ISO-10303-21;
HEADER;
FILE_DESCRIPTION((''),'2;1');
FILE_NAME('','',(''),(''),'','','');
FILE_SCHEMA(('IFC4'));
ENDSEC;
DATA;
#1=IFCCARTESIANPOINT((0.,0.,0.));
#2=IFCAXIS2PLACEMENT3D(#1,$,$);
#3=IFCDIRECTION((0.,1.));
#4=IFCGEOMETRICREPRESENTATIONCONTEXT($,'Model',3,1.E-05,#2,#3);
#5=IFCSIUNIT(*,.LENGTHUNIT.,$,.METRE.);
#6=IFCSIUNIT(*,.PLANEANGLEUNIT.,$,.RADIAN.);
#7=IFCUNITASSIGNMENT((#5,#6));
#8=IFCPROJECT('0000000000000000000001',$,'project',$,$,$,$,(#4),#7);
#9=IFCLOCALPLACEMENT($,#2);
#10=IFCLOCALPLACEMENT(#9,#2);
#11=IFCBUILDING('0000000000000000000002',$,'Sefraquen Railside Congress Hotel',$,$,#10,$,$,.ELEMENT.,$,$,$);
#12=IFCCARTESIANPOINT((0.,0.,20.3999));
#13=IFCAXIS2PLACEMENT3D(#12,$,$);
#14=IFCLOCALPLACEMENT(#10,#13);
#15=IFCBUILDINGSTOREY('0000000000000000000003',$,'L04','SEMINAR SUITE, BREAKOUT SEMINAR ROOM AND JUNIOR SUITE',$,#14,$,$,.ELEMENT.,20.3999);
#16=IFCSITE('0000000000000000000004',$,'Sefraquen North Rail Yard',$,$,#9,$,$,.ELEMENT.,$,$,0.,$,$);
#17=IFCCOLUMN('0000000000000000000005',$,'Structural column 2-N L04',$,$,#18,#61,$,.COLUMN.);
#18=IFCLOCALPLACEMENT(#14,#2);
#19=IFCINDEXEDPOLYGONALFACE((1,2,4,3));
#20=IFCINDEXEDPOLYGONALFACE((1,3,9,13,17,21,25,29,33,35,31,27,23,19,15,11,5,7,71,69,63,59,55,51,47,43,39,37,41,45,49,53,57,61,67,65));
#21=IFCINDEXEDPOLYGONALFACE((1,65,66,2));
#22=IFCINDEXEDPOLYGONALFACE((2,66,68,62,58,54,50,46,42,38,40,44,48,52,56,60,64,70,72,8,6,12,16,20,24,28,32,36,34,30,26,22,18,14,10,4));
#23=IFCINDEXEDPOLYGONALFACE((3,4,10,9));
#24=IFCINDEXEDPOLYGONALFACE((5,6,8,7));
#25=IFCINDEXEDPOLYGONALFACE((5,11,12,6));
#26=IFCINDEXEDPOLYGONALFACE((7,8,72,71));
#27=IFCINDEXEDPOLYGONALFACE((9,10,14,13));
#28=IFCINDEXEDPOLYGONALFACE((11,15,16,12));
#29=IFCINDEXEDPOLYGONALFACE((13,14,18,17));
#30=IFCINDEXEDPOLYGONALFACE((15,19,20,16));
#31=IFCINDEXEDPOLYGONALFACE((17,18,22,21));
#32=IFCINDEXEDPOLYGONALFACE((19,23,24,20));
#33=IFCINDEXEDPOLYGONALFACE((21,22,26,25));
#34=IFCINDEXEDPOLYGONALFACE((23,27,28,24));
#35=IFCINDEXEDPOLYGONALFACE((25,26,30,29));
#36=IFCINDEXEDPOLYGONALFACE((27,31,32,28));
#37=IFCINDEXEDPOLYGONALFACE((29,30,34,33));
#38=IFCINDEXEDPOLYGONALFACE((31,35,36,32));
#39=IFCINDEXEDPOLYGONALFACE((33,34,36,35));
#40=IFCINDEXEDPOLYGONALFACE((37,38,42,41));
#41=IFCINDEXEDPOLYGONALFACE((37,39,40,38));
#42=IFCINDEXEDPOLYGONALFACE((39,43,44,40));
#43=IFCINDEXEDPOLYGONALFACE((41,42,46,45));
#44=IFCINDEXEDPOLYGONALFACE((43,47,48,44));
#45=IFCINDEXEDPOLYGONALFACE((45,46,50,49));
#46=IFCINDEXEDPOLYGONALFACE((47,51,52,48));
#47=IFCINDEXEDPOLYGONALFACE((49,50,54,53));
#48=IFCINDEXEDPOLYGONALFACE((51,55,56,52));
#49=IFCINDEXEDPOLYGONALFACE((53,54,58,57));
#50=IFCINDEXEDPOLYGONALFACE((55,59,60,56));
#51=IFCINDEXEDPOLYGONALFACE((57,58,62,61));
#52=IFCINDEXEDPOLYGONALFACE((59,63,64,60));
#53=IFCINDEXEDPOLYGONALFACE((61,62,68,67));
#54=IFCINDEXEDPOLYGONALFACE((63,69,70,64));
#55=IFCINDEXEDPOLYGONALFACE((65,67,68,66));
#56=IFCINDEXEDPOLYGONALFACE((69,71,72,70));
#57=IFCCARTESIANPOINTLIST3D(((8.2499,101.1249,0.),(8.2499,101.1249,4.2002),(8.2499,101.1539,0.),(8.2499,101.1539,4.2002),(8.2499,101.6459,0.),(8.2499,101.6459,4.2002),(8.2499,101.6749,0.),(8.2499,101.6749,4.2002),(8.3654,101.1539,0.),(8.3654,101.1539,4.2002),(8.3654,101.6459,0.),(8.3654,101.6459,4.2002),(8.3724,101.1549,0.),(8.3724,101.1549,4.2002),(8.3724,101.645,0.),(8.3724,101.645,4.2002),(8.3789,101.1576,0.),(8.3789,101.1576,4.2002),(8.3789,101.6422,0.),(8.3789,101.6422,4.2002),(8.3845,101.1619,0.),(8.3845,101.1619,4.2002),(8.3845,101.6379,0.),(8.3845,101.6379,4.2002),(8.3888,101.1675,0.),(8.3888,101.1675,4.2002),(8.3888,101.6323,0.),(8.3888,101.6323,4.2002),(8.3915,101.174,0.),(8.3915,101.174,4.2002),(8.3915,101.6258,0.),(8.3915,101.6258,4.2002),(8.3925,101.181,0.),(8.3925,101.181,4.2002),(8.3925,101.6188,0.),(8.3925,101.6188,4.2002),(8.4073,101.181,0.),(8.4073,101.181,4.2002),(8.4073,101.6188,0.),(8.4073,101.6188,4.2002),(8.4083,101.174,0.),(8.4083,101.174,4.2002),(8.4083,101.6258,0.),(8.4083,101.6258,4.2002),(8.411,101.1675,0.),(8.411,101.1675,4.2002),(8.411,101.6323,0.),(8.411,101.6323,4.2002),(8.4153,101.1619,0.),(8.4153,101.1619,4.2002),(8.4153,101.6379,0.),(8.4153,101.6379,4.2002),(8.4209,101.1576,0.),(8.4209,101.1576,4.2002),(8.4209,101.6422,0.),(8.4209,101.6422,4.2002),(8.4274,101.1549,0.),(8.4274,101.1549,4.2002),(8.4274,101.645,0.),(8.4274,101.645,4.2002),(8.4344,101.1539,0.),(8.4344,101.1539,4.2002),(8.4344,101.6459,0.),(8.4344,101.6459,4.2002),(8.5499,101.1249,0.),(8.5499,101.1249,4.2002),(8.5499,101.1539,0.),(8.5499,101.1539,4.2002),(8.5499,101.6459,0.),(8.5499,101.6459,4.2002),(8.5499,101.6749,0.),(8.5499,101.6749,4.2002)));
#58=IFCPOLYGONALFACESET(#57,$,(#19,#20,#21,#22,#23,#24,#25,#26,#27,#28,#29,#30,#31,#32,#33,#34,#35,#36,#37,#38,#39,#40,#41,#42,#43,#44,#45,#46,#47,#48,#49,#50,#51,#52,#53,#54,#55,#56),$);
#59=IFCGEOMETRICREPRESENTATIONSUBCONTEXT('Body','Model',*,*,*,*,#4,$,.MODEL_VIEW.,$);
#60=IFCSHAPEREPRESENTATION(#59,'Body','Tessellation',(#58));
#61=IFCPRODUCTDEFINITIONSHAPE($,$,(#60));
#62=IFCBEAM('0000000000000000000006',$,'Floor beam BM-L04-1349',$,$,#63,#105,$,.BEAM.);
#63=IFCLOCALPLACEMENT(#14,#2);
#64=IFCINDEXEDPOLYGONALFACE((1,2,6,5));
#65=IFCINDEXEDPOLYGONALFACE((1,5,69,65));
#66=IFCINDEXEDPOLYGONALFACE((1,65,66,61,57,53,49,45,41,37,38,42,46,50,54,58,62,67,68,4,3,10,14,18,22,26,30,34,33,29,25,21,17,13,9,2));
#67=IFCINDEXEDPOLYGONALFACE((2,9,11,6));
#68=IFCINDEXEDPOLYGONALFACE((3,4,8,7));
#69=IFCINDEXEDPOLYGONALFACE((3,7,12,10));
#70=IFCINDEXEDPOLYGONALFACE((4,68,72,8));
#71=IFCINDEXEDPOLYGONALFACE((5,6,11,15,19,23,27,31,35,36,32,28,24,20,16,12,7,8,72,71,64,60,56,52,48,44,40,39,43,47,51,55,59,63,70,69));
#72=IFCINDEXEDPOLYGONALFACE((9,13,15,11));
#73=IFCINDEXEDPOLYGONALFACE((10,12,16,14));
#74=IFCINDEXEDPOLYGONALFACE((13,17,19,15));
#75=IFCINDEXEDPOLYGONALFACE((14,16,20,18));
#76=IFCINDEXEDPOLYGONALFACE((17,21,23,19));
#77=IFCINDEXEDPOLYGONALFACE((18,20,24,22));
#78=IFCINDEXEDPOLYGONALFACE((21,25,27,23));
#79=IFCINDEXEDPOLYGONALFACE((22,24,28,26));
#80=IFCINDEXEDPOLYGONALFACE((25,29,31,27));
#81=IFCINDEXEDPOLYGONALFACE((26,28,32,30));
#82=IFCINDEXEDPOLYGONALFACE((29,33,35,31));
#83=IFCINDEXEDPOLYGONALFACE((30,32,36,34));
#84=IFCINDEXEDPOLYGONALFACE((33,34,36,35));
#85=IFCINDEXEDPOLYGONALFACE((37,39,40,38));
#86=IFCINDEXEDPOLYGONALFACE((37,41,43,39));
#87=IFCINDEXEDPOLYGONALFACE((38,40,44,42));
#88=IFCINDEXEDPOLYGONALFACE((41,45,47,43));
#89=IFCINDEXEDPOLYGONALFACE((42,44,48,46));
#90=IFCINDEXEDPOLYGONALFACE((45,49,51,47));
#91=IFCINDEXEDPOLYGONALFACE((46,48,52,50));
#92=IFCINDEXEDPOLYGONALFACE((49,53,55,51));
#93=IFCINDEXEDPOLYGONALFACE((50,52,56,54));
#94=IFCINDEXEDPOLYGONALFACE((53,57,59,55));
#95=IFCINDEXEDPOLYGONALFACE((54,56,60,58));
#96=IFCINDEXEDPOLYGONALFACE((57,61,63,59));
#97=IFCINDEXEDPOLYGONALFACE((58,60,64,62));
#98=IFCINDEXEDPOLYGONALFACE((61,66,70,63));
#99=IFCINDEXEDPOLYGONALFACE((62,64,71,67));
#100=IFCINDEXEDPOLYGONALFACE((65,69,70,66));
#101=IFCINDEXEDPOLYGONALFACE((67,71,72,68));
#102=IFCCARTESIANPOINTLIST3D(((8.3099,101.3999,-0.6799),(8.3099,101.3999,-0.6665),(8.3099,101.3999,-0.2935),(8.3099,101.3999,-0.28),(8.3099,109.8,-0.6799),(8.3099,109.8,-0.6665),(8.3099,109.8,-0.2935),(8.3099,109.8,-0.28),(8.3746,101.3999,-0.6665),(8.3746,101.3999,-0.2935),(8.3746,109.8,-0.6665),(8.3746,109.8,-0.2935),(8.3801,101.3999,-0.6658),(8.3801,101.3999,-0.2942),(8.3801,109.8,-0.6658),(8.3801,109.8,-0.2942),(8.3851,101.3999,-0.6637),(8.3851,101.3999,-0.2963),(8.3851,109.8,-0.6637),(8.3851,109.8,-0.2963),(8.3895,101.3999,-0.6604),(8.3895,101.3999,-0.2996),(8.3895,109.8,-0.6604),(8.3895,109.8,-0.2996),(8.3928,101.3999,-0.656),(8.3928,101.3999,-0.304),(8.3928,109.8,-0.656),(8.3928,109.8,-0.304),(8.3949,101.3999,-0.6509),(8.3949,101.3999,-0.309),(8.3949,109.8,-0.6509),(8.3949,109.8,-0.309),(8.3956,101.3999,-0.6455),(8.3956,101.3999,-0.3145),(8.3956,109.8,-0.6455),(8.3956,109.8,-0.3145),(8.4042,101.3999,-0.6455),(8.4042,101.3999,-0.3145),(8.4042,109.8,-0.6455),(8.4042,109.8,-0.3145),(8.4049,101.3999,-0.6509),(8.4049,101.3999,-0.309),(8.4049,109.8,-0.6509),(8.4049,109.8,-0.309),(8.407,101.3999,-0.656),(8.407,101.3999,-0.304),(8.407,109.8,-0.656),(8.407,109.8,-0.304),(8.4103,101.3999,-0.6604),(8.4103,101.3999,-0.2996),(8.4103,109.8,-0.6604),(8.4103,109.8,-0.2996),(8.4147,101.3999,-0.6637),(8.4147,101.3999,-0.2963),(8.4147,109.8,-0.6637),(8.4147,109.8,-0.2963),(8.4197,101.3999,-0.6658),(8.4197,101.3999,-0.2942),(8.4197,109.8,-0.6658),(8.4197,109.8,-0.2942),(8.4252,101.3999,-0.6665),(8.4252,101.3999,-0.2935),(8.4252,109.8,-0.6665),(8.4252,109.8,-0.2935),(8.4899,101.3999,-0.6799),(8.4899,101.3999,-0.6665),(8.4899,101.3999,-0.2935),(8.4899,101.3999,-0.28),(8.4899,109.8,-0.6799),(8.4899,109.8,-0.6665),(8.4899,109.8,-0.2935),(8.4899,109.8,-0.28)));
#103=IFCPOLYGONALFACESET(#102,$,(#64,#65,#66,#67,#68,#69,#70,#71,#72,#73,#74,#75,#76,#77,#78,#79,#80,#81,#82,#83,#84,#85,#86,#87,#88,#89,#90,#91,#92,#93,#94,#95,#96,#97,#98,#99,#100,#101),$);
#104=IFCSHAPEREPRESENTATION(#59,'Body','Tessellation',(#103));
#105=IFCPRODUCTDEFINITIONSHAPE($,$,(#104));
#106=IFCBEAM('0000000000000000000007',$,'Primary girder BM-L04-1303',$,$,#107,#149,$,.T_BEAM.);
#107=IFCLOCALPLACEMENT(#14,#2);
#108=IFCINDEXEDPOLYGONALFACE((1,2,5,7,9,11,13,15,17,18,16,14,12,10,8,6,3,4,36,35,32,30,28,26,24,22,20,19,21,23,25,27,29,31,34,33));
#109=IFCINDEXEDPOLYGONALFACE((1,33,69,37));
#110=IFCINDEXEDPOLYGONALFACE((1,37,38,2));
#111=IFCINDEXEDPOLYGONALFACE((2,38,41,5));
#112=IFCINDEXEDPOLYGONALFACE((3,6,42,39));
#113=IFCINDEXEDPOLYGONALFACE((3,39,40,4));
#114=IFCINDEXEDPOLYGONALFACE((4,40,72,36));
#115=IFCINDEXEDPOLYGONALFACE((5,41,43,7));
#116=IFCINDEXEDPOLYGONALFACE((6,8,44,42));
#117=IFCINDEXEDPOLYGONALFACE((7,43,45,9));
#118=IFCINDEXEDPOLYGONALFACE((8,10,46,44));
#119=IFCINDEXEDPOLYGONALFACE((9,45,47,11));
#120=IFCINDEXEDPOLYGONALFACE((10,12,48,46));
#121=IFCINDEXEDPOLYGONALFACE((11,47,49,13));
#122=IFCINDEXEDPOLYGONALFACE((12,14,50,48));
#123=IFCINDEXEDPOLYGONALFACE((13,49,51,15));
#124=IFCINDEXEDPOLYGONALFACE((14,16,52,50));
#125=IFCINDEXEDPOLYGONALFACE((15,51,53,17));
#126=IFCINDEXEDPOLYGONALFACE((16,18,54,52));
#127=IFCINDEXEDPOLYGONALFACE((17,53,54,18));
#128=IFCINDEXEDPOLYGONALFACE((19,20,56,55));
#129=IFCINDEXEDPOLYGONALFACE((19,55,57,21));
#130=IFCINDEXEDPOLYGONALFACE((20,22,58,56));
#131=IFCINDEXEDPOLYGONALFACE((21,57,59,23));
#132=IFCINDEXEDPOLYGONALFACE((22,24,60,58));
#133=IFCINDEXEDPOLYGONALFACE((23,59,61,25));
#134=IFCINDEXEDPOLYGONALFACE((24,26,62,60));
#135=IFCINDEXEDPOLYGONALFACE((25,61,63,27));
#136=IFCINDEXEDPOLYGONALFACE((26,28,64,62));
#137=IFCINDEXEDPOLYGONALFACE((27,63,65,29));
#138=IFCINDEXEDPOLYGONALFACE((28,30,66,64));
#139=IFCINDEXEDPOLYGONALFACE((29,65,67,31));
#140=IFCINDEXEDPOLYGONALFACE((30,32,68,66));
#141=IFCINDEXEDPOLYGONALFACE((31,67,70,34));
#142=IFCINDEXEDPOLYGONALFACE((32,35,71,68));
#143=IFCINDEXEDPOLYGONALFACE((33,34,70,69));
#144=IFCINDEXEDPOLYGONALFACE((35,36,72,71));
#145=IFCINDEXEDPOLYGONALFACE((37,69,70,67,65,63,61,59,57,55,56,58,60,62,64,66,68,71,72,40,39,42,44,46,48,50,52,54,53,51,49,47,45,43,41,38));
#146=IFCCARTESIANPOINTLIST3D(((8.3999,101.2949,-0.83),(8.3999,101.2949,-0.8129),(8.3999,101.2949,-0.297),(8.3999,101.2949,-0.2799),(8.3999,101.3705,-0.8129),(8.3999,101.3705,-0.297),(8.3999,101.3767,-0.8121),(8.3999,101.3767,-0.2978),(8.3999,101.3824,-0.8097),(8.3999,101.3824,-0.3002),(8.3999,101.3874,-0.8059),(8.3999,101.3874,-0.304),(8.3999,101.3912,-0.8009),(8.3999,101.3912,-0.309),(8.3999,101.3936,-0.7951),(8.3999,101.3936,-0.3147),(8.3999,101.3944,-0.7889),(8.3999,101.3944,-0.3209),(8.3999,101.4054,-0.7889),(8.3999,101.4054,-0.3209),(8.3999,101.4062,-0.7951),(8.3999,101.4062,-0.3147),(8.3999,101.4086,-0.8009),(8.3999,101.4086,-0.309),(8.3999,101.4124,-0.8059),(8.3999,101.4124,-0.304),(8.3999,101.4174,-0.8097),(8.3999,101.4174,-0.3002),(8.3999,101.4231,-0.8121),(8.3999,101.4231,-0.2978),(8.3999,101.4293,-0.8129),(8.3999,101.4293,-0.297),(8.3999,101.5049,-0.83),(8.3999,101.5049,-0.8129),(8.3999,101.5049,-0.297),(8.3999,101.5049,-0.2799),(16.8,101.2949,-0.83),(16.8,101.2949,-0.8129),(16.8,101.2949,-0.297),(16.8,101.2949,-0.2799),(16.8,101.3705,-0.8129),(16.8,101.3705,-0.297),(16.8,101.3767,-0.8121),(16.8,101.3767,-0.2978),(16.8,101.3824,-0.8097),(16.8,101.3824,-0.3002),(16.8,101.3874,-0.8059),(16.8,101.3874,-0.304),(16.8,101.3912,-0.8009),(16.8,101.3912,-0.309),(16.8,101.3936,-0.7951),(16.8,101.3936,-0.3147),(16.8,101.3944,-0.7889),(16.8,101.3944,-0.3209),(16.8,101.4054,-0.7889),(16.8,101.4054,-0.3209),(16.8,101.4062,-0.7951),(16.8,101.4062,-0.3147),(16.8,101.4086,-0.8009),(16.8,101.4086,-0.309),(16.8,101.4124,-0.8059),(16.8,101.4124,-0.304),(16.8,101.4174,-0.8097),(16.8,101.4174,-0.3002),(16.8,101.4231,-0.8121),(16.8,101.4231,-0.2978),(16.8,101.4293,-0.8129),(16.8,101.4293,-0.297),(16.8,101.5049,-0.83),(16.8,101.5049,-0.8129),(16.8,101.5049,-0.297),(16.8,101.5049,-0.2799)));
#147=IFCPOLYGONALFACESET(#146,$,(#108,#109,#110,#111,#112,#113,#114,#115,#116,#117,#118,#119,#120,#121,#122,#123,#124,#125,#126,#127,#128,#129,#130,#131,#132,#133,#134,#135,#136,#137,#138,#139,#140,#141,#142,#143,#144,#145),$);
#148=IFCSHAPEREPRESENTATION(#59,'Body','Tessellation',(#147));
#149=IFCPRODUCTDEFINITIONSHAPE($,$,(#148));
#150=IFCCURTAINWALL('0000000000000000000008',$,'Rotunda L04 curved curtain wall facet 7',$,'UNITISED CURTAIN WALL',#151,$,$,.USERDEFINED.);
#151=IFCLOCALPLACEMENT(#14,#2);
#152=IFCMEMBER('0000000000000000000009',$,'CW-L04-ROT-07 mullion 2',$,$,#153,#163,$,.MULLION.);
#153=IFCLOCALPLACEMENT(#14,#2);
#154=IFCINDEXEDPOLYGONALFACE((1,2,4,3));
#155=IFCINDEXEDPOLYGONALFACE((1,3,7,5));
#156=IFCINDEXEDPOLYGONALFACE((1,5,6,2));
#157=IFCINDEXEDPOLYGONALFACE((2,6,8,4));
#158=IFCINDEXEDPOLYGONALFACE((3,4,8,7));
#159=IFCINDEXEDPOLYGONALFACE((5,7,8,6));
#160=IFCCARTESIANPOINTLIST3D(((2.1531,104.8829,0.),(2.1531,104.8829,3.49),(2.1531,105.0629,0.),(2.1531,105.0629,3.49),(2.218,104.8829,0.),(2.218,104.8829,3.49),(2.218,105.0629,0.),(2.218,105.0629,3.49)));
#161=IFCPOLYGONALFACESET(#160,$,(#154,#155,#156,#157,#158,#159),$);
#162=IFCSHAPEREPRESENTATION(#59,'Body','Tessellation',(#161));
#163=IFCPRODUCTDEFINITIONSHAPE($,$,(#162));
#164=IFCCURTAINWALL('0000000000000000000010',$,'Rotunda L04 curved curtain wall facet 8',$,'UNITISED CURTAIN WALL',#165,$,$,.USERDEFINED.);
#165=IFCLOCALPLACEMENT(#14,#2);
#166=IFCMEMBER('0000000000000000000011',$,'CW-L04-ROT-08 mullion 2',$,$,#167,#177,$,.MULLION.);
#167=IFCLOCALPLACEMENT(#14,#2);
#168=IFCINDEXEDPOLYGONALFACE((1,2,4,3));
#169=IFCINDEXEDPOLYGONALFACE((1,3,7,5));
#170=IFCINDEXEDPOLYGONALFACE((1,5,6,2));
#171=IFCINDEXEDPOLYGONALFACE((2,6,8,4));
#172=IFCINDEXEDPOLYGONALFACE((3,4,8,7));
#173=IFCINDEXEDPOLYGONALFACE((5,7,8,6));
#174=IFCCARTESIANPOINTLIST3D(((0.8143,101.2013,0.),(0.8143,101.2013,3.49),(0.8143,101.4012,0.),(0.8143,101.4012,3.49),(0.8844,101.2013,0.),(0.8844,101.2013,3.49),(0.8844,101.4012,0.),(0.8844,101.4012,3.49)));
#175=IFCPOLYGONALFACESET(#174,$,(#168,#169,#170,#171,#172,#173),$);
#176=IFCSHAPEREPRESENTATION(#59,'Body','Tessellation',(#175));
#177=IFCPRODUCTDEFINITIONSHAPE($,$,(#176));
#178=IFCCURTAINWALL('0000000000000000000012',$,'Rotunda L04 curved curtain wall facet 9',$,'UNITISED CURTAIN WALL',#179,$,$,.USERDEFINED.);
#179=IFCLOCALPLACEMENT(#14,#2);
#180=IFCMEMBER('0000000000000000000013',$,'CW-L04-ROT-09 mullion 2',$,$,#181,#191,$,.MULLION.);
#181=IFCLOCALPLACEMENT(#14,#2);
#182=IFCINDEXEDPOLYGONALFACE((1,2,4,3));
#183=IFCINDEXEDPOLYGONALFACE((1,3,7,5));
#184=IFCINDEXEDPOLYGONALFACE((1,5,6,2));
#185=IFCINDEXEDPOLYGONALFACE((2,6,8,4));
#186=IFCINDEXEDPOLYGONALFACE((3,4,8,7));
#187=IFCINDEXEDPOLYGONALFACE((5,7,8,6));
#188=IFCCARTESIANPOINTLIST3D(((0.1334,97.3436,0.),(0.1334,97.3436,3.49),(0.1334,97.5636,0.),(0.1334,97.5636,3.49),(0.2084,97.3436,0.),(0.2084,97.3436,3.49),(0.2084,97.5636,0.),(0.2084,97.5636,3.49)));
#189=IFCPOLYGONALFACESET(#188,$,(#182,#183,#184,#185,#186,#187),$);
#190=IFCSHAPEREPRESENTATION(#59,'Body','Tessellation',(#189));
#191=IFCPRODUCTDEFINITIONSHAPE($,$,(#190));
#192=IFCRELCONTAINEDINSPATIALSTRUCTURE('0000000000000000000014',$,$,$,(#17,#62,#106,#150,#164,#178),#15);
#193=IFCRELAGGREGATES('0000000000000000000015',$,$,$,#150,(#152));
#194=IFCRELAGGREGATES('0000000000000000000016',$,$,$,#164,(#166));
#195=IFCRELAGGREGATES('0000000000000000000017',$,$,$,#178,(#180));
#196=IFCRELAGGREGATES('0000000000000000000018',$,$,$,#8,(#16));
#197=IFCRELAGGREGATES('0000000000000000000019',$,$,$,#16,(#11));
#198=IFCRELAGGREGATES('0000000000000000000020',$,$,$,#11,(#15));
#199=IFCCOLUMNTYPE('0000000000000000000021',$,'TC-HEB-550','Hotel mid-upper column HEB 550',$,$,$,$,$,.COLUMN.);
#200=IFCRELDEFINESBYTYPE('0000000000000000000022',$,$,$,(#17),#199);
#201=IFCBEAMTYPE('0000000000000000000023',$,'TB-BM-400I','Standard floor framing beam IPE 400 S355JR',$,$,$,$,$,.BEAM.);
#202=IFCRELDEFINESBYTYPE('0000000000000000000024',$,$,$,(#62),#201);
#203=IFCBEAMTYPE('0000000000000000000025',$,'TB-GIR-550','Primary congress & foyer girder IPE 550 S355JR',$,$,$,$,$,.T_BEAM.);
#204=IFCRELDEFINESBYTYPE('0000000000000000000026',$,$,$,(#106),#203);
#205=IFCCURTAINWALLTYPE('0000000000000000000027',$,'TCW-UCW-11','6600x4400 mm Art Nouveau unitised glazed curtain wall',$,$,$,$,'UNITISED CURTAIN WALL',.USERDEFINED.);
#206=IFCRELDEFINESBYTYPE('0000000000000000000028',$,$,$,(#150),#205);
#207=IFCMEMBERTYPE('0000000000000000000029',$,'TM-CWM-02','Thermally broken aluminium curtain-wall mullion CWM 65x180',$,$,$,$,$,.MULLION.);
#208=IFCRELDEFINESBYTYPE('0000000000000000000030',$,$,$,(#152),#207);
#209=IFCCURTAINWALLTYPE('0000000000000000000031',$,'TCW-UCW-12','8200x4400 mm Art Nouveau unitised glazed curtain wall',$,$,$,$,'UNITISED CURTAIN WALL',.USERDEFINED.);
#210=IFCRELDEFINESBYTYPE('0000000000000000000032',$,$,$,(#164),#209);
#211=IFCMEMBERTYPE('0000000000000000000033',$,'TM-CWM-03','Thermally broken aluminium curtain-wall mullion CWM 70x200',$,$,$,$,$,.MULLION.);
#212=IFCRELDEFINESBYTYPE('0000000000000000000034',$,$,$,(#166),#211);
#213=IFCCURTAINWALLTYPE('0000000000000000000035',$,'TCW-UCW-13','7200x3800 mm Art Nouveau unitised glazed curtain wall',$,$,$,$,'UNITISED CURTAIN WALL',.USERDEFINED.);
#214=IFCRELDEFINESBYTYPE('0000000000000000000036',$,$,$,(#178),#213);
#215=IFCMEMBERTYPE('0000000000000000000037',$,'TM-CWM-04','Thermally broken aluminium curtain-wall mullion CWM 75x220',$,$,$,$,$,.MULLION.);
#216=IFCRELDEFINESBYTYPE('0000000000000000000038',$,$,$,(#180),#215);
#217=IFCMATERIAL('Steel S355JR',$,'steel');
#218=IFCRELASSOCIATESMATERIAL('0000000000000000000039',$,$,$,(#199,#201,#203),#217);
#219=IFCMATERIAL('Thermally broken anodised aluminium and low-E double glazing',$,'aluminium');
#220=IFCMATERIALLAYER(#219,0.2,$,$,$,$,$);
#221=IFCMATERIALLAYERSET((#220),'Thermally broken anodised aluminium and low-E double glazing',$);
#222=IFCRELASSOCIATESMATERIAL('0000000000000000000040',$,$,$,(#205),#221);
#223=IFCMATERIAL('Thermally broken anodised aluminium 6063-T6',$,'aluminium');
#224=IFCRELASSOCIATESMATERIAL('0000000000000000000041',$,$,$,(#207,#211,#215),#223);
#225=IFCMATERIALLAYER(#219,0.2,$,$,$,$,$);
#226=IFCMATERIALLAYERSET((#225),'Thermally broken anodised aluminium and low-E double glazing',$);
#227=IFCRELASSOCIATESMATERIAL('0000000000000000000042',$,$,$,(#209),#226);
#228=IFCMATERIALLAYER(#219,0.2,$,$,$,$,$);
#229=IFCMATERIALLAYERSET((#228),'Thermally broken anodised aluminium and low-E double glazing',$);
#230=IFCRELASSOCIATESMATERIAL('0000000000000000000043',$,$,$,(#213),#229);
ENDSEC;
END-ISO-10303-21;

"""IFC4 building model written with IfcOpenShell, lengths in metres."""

from ifc_helpers import new_model, si_unit, direction, frame, origin, origin_2d, place, context, subcontext, project, spatial, rectangle, i_section, extrude, material, layer, layer_set, material_profile, profile_set, type_object, element, aggregate, save


model = new_model("IFC4")

# Units and contexts
model_context = context("Model", 3, precision=1e-05, world=origin(), true_north=direction((0.0, 1.0)))
body_context = subcontext(model_context, "Body", "Model", "MODEL_VIEW")
ifc_project = project(units=[si_unit("LENGTHUNIT", "METRE"), si_unit("PLANEANGLEUNIT", "RADIAN")], contexts=[model_context])

# Site, building, storey
site_placement = place(None, origin())
site = spatial("IfcSite", under=ifc_project, at=site_placement, Name="Sefraquen North Rail Yard", CompositionType="ELEMENT", RefElevation=0.0)
building_placement = place(site_placement, origin())
building = spatial("IfcBuilding", under=site, at=building_placement, Name="Sefraquen Railside Congress Hotel", CompositionType="ELEMENT")
storey_placement = place(building_placement, frame((0.0, 0.0, 20.3999)))
storey = spatial("IfcBuildingStorey", under=building, at=storey_placement, Name="L04", Description="SEMINAR SUITE, BREAKOUT SEMINAR ROOM AND JUNIOR SUITE", CompositionType="ELEMENT", Elevation=20.3999)

# Column
ifc_material_1 = material(Name="Steel S355JR", Category="steel")
ifc_material_profile_1 = material_profile(ifc_material_1, i_section(OverallWidth=0.3, OverallDepth=0.55, WebThickness=0.0149, FlangeThickness=0.0291, FilletRadius=0.0271, at=origin_2d()), Name="HEB 550")
ifc_profile_set_1 = profile_set([ifc_material_profile_1], Name="Steel S355JR")
column_type = type_object("IfcColumnType", Name="TC-HEB-550", Description="Hotel mid-upper column HEB 550", PredefinedType="COLUMN", material=ifc_profile_set_1)
column_placement = place(storey_placement, frame((8.3999, 101.3999, 0.0), z_axis=(0.0, 0.0, 1.0), x_axis=(1.0, 0.0, 0.0)))
element("IfcColumn", 1, at=column_placement, inside=storey, type_object=column_type, Name="Structural column 2-N L04", PredefinedType="COLUMN", context=body_context, shape_type="SweptSolid", body=[
    extrude(i_section(OverallWidth=0.3, OverallDepth=0.55, WebThickness=0.0149, FlangeThickness=0.0291, FilletRadius=0.0271, at=origin_2d()), origin(), (0.0, 0.0, 1.0), 4.2002),
])

# Beams
ifc_material_profile_2 = material_profile(ifc_material_1, i_section(OverallWidth=0.1799, OverallDepth=0.3999, WebThickness=0.0085, FlangeThickness=0.0134, FilletRadius=0.021, at=origin_2d()), Name="IPE 400")
ifc_profile_set_2 = profile_set([ifc_material_profile_2], Name="Steel S355JR")
beam_type_1 = type_object("IfcBeamType", Name="TB-BM-400I", Description="Standard floor framing beam IPE 400 S355JR", PredefinedType="BEAM", material=ifc_profile_set_2)
beam_1_placement = place(storey_placement, frame((8.3999, 101.3999, -0.48), z_axis=(0.0, 1.0, 0.0), x_axis=(-1.0, 0.0, 0.0)))
element("IfcBeam", 2, at=beam_1_placement, inside=storey, type_object=beam_type_1, Name="Floor beam BM-L04-1349", PredefinedType="BEAM", context=body_context, shape_type="SweptSolid", body=[
    extrude(i_section(OverallWidth=0.1799, OverallDepth=0.3999, WebThickness=0.0085, FlangeThickness=0.0134, FilletRadius=0.021, at=origin_2d()), origin(), (0.0, 0.0, 1.0), 8.4001),
])
ifc_material_profile_3 = material_profile(ifc_material_1, i_section(OverallWidth=0.21, OverallDepth=0.55, WebThickness=0.011, FlangeThickness=0.0171, FilletRadius=0.0239, at=origin_2d()), Name="IPE 550")
ifc_profile_set_3 = profile_set([ifc_material_profile_3], Name="Steel S355JR")
beam_type_2 = type_object("IfcBeamType", Name="TB-GIR-550", Description="Primary congress & foyer girder IPE 550 S355JR", PredefinedType="T_BEAM", material=ifc_profile_set_3)
beam_2_placement = place(storey_placement, frame((8.3999, 101.3999, -0.5549), z_axis=(1.0, 0.0, 0.0), x_axis=(0.0, 1.0, 0.0)))
element("IfcBeam", 3, at=beam_2_placement, inside=storey, type_object=beam_type_2, Name="Primary girder BM-L04-1303", PredefinedType="T_BEAM", context=body_context, shape_type="SweptSolid", body=[
    extrude(i_section(OverallWidth=0.21, OverallDepth=0.55, WebThickness=0.011, FlangeThickness=0.0171, FilletRadius=0.0239, at=origin_2d()), origin(), (0.0, 0.0, 1.0), 8.4001),
])

# Curtain walls, members
ifc_material_2 = material(Name="Thermally broken anodised aluminium and low-E double glazing", Category="aluminium")
ifc_layer_1 = layer(ifc_material_2, 0.2)
ifc_layer_set_1 = layer_set([ifc_layer_1], Name="Thermally broken anodised aluminium and low-E double glazing")
curtain_wall_type_1 = type_object("IfcCurtainWallType", Name="TCW-UCW-11", Description="6600x4400 mm Art Nouveau unitised glazed curtain wall", ElementType="UNITISED CURTAIN WALL", PredefinedType="USERDEFINED", material=ifc_layer_set_1)
curtain_wall_1_placement = place(storey_placement, origin())
curtain_wall_1 = element("IfcCurtainWall", 4, at=curtain_wall_1_placement, inside=storey, type_object=curtain_wall_type_1, Name="Rotunda L04 curved curtain wall facet 7", ObjectType="UNITISED CURTAIN WALL", PredefinedType="USERDEFINED")
ifc_material_3 = material(Name="Thermally broken anodised aluminium 6063-T6", Category="aluminium")
ifc_material_profile_4 = material_profile(ifc_material_3, rectangle(XDim=0.0649, YDim=0.1799, at=origin_2d()), Name="CWM 65x180")
ifc_profile_set_4 = profile_set([ifc_material_profile_4], Name="Thermally broken anodised aluminium 6063-T6")
member_type_1 = type_object("IfcMemberType", Name="TM-CWM-02", Description="Thermally broken aluminium curtain-wall mullion CWM 65x180", PredefinedType="MULLION", material=ifc_profile_set_4)
member_1_placement = place(storey_placement, frame((2.1855, 104.9729, 0.0), z_axis=(0.0, 0.0, 1.0), x_axis=(1.0, 0.0, 0.0)))
member_1 = element("IfcMember", 5, at=member_1_placement, type_object=member_type_1, Name="CW-L04-ROT-07 mullion 2", PredefinedType="MULLION", context=body_context, shape_type="SweptSolid", body=[
    extrude(rectangle(XDim=0.0649, YDim=0.1799, at=origin_2d()), origin(), (0.0, 0.0, 1.0), 3.49),
])
ifc_layer_2 = layer(ifc_material_2, 0.2)
ifc_layer_set_2 = layer_set([ifc_layer_2], Name="Thermally broken anodised aluminium and low-E double glazing")
curtain_wall_type_2 = type_object("IfcCurtainWallType", Name="TCW-UCW-12", Description="8200x4400 mm Art Nouveau unitised glazed curtain wall", ElementType="UNITISED CURTAIN WALL", PredefinedType="USERDEFINED", material=ifc_layer_set_2)
curtain_wall_2_placement = place(storey_placement, origin())
curtain_wall_2 = element("IfcCurtainWall", 6, at=curtain_wall_2_placement, inside=storey, type_object=curtain_wall_type_2, Name="Rotunda L04 curved curtain wall facet 8", ObjectType="UNITISED CURTAIN WALL", PredefinedType="USERDEFINED")
ifc_material_profile_5 = material_profile(ifc_material_3, rectangle(XDim=0.0701, YDim=0.2, at=origin_2d()), Name="CWM 70x200")
ifc_profile_set_5 = profile_set([ifc_material_profile_5], Name="Thermally broken anodised aluminium 6063-T6")
member_type_2 = type_object("IfcMemberType", Name="TM-CWM-03", Description="Thermally broken aluminium curtain-wall mullion CWM 70x200", PredefinedType="MULLION", material=ifc_profile_set_5)
member_2_placement = place(storey_placement, frame((0.8494, 101.3013, 0.0), z_axis=(0.0, 0.0, 1.0), x_axis=(1.0, 0.0, 0.0)))
member_2 = element("IfcMember", 7, at=member_2_placement, type_object=member_type_2, Name="CW-L04-ROT-08 mullion 2", PredefinedType="MULLION", context=body_context, shape_type="SweptSolid", body=[
    extrude(rectangle(XDim=0.0701, YDim=0.2, at=origin_2d()), origin(), (0.0, 0.0, 1.0), 3.49),
])
ifc_layer_3 = layer(ifc_material_2, 0.2)
ifc_layer_set_3 = layer_set([ifc_layer_3], Name="Thermally broken anodised aluminium and low-E double glazing")
curtain_wall_type_3 = type_object("IfcCurtainWallType", Name="TCW-UCW-13", Description="7200x3800 mm Art Nouveau unitised glazed curtain wall", ElementType="UNITISED CURTAIN WALL", PredefinedType="USERDEFINED", material=ifc_layer_set_3)
curtain_wall_3_placement = place(storey_placement, origin())
curtain_wall_3 = element("IfcCurtainWall", 8, at=curtain_wall_3_placement, inside=storey, type_object=curtain_wall_type_3, Name="Rotunda L04 curved curtain wall facet 9", ObjectType="UNITISED CURTAIN WALL", PredefinedType="USERDEFINED")
ifc_material_profile_6 = material_profile(ifc_material_3, rectangle(XDim=0.075, YDim=0.22, at=origin_2d()), Name="CWM 75x220")
ifc_profile_set_6 = profile_set([ifc_material_profile_6], Name="Thermally broken anodised aluminium 6063-T6")
member_type_3 = type_object("IfcMemberType", Name="TM-CWM-04", Description="Thermally broken aluminium curtain-wall mullion CWM 75x220", PredefinedType="MULLION", material=ifc_profile_set_6)
member_3_placement = place(storey_placement, frame((0.1709, 97.4536, 0.0), z_axis=(0.0, 0.0, 1.0), x_axis=(1.0, 0.0, 0.0)))
member_3 = element("IfcMember", 9, at=member_3_placement, type_object=member_type_3, Name="CW-L04-ROT-09 mullion 2", PredefinedType="MULLION", context=body_context, shape_type="SweptSolid", body=[
    extrude(rectangle(XDim=0.075, YDim=0.22, at=origin_2d()), origin(), (0.0, 0.0, 1.0), 3.49),
])

aggregate(curtain_wall_1, [member_1])
aggregate(curtain_wall_2, [member_2])
aggregate(curtain_wall_3, [member_3])

save(model, "model.ifc")
